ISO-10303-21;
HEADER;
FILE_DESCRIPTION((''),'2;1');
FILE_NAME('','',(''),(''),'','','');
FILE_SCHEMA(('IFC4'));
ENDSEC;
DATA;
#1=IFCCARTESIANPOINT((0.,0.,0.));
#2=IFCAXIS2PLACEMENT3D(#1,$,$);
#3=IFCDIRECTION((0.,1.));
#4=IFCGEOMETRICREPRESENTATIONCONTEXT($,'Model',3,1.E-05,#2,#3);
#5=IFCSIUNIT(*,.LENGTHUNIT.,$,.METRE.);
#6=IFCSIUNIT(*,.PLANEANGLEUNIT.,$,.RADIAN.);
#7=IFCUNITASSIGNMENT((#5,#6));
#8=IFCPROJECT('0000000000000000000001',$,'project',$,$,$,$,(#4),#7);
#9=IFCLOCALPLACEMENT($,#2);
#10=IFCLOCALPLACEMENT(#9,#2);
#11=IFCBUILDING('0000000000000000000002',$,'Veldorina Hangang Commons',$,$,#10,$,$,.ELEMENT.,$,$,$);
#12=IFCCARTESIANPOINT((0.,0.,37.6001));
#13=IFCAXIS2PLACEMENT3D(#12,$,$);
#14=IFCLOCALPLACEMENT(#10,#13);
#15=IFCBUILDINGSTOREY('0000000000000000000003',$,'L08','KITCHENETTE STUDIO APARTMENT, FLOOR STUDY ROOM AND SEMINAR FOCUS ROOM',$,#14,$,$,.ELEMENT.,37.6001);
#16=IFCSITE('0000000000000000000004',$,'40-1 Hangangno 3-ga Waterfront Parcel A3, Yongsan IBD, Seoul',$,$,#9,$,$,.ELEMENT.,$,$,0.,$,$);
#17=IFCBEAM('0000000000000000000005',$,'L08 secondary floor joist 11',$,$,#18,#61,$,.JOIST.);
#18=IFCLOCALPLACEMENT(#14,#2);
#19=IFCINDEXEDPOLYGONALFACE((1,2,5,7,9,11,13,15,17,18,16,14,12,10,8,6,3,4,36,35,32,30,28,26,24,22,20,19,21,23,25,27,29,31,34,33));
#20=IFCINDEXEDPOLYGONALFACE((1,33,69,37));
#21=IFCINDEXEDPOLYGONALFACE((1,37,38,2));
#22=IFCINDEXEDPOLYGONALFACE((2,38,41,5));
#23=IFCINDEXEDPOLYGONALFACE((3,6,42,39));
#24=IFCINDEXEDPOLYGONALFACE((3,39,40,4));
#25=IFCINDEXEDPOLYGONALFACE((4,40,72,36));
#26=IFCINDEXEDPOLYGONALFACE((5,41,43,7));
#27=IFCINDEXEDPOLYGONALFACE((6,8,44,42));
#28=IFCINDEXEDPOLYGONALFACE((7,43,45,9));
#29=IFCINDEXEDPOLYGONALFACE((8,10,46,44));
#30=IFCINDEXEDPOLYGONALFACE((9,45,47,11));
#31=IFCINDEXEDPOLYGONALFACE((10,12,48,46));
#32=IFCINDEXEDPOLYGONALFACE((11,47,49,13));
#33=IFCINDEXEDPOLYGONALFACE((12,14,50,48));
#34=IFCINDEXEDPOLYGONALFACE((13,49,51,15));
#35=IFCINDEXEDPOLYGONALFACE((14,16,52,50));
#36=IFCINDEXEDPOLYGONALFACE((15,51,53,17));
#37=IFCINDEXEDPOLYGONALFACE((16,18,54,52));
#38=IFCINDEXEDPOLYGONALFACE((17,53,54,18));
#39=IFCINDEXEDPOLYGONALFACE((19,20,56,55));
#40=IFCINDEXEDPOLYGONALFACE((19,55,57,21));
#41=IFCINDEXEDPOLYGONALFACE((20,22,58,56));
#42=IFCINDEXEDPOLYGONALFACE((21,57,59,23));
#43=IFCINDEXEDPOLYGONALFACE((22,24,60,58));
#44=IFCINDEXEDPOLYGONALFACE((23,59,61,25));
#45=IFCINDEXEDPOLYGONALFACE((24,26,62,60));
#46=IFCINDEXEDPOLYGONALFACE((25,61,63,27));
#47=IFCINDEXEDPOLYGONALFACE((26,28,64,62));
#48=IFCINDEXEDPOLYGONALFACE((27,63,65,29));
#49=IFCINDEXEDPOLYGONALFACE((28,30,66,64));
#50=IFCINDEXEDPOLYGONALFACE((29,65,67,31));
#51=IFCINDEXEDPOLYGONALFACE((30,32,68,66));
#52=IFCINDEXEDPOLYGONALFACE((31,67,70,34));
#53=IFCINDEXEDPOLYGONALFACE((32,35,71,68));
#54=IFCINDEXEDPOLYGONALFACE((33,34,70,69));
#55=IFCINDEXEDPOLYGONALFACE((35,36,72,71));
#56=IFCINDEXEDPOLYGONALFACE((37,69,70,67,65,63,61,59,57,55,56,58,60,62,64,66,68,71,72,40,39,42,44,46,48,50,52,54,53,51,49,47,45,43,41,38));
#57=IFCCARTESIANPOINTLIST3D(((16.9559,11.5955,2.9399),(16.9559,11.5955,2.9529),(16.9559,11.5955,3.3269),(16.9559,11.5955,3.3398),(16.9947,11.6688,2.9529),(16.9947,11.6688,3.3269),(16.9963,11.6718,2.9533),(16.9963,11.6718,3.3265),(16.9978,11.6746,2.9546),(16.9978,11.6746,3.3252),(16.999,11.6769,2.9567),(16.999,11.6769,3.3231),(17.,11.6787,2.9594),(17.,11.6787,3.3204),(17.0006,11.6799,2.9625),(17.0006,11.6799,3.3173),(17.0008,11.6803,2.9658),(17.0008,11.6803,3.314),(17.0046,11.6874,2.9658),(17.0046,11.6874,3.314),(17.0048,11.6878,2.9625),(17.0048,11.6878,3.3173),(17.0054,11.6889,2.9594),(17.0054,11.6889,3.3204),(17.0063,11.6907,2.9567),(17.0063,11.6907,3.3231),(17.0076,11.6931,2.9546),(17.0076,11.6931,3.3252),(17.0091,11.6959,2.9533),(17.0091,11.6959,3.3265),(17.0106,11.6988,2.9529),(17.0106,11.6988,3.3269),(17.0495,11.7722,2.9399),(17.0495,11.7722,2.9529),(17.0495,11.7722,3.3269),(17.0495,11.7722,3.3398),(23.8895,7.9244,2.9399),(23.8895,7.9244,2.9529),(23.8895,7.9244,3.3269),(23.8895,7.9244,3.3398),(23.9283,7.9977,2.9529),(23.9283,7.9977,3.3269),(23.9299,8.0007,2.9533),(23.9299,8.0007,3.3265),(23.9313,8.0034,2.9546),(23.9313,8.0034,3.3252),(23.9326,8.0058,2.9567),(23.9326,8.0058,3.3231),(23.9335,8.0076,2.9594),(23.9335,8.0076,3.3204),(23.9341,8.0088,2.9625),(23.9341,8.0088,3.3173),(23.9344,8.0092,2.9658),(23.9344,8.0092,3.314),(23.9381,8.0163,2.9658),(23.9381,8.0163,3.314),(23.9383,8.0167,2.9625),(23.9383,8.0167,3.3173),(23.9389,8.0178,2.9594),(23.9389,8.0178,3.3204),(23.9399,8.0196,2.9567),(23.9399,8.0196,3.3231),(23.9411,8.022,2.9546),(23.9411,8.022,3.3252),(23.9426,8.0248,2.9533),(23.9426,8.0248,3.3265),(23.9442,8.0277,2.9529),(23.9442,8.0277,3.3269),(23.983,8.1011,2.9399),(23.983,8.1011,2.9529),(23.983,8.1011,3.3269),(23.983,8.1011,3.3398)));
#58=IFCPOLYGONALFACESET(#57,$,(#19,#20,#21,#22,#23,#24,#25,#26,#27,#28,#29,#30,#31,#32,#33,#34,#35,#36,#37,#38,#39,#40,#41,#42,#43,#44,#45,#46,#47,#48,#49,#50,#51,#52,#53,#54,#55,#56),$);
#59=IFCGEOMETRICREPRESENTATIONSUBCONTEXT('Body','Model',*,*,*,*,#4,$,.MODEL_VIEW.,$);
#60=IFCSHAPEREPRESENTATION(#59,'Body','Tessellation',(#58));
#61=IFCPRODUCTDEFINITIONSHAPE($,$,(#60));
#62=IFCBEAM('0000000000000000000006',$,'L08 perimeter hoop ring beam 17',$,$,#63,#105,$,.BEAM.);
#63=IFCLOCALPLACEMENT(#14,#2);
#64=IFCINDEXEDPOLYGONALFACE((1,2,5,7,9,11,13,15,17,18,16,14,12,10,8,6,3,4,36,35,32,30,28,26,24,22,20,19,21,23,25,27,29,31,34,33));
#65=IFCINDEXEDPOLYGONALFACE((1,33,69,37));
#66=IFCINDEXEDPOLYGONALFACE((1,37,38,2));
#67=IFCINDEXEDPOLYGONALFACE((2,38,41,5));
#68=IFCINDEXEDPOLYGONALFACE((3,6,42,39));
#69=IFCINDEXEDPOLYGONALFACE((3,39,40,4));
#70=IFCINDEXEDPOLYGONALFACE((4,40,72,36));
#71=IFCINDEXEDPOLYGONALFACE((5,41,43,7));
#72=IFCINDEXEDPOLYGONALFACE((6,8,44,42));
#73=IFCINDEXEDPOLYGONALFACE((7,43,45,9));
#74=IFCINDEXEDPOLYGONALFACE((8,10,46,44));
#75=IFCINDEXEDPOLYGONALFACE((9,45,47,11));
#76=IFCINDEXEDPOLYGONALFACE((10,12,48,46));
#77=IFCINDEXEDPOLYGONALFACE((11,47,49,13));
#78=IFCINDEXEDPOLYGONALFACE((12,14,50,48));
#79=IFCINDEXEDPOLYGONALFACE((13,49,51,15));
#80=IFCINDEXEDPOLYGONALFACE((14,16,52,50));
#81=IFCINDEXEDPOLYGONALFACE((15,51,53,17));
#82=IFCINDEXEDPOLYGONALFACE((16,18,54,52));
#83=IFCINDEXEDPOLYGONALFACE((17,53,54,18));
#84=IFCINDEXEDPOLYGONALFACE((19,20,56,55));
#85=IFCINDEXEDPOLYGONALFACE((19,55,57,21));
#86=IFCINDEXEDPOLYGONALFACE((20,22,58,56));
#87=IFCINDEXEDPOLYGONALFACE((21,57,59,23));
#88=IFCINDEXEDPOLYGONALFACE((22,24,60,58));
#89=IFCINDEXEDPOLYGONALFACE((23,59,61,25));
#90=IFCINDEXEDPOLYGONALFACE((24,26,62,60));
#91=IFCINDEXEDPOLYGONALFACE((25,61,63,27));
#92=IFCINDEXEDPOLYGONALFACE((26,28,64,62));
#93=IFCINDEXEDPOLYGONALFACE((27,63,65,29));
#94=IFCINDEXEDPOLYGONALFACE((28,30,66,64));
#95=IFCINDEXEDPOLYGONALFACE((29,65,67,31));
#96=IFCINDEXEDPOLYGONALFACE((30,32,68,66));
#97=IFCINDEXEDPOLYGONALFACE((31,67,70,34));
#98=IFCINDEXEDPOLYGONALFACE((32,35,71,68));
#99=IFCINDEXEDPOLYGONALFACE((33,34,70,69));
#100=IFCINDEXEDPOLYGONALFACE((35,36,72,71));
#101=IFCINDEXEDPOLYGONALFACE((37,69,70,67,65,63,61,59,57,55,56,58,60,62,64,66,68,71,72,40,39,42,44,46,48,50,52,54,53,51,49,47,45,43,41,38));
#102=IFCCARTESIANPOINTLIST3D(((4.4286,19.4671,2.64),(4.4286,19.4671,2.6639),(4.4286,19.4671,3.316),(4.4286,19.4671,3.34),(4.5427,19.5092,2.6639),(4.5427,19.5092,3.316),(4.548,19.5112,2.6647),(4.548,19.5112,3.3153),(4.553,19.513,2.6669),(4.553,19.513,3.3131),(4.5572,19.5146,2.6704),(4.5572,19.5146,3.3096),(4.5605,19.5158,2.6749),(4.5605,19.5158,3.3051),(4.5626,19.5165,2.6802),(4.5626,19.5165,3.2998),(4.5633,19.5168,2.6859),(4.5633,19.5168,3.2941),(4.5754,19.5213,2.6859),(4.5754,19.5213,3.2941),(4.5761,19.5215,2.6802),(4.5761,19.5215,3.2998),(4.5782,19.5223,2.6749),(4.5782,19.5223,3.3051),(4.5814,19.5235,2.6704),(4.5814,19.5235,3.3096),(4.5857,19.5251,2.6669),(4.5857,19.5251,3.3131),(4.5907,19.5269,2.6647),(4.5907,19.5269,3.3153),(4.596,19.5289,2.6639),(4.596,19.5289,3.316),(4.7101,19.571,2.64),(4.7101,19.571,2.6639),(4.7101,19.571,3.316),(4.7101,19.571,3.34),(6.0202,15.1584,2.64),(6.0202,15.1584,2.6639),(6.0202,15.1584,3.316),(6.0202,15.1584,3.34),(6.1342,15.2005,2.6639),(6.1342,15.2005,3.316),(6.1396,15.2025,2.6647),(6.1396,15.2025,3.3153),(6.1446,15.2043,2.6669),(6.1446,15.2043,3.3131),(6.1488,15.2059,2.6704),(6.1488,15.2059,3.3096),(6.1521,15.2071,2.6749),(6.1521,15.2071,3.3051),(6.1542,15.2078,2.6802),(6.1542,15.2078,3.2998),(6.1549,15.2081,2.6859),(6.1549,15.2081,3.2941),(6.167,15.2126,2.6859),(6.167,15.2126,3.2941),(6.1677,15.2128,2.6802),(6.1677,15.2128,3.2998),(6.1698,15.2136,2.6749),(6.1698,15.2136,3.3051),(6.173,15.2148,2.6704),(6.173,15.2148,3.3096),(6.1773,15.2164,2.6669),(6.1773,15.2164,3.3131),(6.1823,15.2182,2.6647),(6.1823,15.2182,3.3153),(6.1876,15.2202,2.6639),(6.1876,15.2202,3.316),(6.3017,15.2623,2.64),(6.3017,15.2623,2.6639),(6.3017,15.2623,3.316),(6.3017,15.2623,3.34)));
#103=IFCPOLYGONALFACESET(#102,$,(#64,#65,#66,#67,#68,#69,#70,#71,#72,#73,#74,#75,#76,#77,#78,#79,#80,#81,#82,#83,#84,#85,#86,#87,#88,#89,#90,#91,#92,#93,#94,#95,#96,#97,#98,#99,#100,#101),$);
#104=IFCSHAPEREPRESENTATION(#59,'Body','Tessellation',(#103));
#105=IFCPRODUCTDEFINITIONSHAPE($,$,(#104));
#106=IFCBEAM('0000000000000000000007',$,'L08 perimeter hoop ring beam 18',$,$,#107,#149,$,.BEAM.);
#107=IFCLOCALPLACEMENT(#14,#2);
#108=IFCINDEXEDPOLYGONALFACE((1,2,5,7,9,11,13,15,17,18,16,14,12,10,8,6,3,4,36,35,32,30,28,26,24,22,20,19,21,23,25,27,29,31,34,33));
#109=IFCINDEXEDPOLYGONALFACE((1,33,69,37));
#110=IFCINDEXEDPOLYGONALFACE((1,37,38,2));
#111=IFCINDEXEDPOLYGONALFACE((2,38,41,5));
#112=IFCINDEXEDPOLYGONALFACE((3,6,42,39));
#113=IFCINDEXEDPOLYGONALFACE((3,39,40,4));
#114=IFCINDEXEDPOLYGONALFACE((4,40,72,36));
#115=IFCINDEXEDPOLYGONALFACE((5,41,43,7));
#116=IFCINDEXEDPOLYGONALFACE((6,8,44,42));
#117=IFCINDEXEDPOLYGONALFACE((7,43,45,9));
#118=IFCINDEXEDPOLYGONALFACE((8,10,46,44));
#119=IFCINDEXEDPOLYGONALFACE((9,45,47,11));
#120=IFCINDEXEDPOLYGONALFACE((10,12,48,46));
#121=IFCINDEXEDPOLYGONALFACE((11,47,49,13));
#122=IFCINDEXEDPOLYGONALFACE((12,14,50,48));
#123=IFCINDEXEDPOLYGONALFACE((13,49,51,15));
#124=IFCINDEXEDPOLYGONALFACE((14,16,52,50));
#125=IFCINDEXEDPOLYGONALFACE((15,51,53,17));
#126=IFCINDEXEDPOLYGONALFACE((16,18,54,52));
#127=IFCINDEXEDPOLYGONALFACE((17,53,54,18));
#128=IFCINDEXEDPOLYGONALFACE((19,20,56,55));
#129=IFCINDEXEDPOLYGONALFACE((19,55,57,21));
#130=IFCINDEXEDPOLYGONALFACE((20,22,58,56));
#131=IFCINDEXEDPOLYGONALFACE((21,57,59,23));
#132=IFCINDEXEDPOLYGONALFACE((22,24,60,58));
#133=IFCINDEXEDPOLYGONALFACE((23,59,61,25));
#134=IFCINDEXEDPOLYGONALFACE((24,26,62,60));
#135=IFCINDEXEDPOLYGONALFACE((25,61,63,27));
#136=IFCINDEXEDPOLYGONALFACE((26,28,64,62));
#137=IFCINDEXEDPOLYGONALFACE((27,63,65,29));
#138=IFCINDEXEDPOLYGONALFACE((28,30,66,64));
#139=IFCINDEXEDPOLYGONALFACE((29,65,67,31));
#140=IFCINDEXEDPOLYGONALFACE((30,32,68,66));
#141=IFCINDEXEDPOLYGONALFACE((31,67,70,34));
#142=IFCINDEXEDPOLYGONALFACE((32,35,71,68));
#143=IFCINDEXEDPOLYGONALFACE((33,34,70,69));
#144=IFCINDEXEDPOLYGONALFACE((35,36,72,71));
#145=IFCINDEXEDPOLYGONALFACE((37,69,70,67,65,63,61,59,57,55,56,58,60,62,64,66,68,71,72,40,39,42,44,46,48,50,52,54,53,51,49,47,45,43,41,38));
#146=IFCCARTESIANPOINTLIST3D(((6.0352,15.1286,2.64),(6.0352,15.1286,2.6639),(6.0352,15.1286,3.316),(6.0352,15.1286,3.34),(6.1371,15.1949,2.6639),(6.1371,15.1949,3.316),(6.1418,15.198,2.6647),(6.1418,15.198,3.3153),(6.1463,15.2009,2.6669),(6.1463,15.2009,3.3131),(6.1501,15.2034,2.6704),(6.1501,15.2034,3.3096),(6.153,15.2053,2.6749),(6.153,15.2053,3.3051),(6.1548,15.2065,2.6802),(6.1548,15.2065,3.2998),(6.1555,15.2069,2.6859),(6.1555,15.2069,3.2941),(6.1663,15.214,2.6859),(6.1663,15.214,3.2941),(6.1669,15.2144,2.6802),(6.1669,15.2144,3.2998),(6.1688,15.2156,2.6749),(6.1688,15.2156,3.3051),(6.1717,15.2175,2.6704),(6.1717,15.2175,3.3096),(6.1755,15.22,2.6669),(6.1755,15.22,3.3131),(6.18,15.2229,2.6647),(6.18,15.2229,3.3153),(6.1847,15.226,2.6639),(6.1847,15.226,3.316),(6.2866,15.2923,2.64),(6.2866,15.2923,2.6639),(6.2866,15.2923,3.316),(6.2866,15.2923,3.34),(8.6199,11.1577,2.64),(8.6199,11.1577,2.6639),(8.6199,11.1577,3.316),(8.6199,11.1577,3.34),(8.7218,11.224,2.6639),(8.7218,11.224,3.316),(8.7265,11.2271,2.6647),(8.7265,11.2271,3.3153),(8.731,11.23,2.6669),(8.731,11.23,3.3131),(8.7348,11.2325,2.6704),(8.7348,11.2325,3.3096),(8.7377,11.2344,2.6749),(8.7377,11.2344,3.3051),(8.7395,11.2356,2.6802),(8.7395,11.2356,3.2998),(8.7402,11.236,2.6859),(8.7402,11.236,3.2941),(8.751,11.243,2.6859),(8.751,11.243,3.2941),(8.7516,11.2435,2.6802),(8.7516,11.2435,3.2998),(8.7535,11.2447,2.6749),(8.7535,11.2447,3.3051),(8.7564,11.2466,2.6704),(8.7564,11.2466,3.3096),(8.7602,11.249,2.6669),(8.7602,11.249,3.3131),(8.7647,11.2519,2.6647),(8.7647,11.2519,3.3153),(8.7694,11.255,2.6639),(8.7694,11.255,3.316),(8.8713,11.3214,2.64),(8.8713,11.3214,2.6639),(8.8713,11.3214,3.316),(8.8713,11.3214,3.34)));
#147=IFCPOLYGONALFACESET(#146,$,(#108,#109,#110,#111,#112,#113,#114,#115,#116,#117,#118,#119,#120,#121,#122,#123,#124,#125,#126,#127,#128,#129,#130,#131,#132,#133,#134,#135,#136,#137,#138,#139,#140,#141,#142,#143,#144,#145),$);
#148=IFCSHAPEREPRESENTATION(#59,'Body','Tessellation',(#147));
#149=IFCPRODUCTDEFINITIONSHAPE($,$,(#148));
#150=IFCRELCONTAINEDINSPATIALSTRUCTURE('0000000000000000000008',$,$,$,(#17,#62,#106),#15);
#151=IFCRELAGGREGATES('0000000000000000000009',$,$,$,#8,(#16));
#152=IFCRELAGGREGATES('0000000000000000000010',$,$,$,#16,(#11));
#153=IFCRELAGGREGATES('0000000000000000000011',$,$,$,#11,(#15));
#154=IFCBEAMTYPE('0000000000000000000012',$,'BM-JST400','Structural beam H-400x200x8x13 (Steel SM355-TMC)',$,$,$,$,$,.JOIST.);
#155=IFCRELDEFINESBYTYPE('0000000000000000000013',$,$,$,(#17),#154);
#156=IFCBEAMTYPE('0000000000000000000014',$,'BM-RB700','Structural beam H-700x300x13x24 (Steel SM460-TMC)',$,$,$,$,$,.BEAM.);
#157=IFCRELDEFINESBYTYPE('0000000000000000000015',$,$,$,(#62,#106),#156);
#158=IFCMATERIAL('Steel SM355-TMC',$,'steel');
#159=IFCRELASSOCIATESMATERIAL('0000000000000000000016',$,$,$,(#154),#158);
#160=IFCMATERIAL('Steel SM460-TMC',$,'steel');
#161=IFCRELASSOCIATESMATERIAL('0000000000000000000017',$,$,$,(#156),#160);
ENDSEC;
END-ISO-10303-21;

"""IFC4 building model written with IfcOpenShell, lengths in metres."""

from ifc_helpers import new_model, si_unit, direction, frame, origin, origin_2d, place, context, subcontext, project, spatial, i_section, extrude, material, material_profile, profile_set, type_object, element, save


model = new_model("IFC4")

# Units and contexts
model_context = context("Model", 3, precision=1e-05, world=origin(), true_north=direction((0.0, 1.0)))
body_context = subcontext(model_context, "Body", "Model", "MODEL_VIEW")
ifc_project = project(units=[si_unit("LENGTHUNIT", "METRE"), si_unit("PLANEANGLEUNIT", "RADIAN")], contexts=[model_context])

# Site, building, storey
site_placement = place(None, origin())
site = spatial("IfcSite", under=ifc_project, at=site_placement, Name="40-1 Hangangno 3-ga Waterfront Parcel A3, Yongsan IBD, Seoul", CompositionType="ELEMENT", RefElevation=0.0)
building_placement = place(site_placement, origin())
building = spatial("IfcBuilding", under=site, at=building_placement, Name="Veldorina Hangang Commons", CompositionType="ELEMENT")
storey_placement = place(building_placement, frame((0.0, 0.0, 37.6001)))
storey = spatial("IfcBuildingStorey", under=building, at=storey_placement, Name="L08", Description="KITCHENETTE STUDIO APARTMENT, FLOOR STUDY ROOM AND SEMINAR FOCUS ROOM", CompositionType="ELEMENT", Elevation=37.6001)

# Beams
ifc_material_1 = material(Name="Steel SM355-TMC", Category="steel")
ifc_material_profile_1 = material_profile(ifc_material_1, i_section(OverallWidth=0.2, OverallDepth=0.3999, WebThickness=0.0081, FlangeThickness=0.0129, FilletRadius=0.0129, at=origin_2d()), Name="H-400x200x8x13")
ifc_profile_set_1 = profile_set([ifc_material_profile_1], Name="Steel SM355-TMC")
beam_type_1 = type_object("IfcBeamType", Name="BM-JST400", Description="Structural beam H-400x200x8x13 (Steel SM355-TMC)", PredefinedType="JOIST", material=ifc_profile_set_1)
beam_1_placement = place(storey_placement, frame((17.0027, 11.6838, 3.1399), z_axis=(0.883766, -0.467929, 0.0), x_axis=(0.467929, 0.883766, 0.0)))
element("IfcBeam", 1, at=beam_1_placement, inside=storey, type_object=beam_type_1, Name="L08 secondary floor joist 11", PredefinedType="JOIST", context=body_context, shape_type="SweptSolid", body=[
    extrude(i_section(OverallWidth=0.2, OverallDepth=0.3999, WebThickness=0.0081, FlangeThickness=0.0129, FilletRadius=0.0129, at=origin_2d()), origin(), (0.0, 0.0, 1.0), 7.8455),
])
ifc_material_2 = material(Name="Steel SM460-TMC", Category="steel")
ifc_material_profile_2 = material_profile(ifc_material_2, i_section(OverallWidth=0.3, OverallDepth=0.7, WebThickness=0.0129, FlangeThickness=0.0239, FilletRadius=0.022, at=origin_2d()), Name="H-700x300x13x24")
ifc_profile_set_2 = profile_set([ifc_material_profile_2], Name="Steel SM460-TMC")
beam_type_2 = type_object("IfcBeamType", Name="BM-RB700", Description="Structural beam H-700x300x13x24 (Steel SM460-TMC)", PredefinedType="BEAM", material=ifc_profile_set_2)
beam_2_placement = place(storey_placement, frame((4.5693, 19.519, 2.99), z_axis=(0.346506, -0.938048, 0.0), x_axis=(0.938048, 0.346506, 0.0)))
element("IfcBeam", 2, at=beam_2_placement, inside=storey, type_object=beam_type_2, Name="L08 perimeter hoop ring beam 17", PredefinedType="BEAM", context=body_context, shape_type="SweptSolid", body=[
    extrude(i_section(OverallWidth=0.3, OverallDepth=0.7, WebThickness=0.0129, FlangeThickness=0.0239, FilletRadius=0.022, at=origin_2d()), origin(), (0.0, 0.0, 1.0), 4.5933),
])
beam_3_placement = place(storey_placement, frame((6.1609, 15.2104, 2.99), z_axis=(0.545523, -0.838096, 0.0), x_axis=(0.838096, 0.545523, 0.0)))
element("IfcBeam", 3, at=beam_3_placement, inside=storey, type_object=beam_type_2, Name="L08 perimeter hoop ring beam 18", PredefinedType="BEAM", context=body_context, shape_type="SweptSolid", body=[
    extrude(i_section(OverallWidth=0.3, OverallDepth=0.7, WebThickness=0.0129, FlangeThickness=0.0239, FilletRadius=0.022, at=origin_2d()), origin(), (0.0, 0.0, 1.0), 4.738),
])

save(model, "model.ifc")
